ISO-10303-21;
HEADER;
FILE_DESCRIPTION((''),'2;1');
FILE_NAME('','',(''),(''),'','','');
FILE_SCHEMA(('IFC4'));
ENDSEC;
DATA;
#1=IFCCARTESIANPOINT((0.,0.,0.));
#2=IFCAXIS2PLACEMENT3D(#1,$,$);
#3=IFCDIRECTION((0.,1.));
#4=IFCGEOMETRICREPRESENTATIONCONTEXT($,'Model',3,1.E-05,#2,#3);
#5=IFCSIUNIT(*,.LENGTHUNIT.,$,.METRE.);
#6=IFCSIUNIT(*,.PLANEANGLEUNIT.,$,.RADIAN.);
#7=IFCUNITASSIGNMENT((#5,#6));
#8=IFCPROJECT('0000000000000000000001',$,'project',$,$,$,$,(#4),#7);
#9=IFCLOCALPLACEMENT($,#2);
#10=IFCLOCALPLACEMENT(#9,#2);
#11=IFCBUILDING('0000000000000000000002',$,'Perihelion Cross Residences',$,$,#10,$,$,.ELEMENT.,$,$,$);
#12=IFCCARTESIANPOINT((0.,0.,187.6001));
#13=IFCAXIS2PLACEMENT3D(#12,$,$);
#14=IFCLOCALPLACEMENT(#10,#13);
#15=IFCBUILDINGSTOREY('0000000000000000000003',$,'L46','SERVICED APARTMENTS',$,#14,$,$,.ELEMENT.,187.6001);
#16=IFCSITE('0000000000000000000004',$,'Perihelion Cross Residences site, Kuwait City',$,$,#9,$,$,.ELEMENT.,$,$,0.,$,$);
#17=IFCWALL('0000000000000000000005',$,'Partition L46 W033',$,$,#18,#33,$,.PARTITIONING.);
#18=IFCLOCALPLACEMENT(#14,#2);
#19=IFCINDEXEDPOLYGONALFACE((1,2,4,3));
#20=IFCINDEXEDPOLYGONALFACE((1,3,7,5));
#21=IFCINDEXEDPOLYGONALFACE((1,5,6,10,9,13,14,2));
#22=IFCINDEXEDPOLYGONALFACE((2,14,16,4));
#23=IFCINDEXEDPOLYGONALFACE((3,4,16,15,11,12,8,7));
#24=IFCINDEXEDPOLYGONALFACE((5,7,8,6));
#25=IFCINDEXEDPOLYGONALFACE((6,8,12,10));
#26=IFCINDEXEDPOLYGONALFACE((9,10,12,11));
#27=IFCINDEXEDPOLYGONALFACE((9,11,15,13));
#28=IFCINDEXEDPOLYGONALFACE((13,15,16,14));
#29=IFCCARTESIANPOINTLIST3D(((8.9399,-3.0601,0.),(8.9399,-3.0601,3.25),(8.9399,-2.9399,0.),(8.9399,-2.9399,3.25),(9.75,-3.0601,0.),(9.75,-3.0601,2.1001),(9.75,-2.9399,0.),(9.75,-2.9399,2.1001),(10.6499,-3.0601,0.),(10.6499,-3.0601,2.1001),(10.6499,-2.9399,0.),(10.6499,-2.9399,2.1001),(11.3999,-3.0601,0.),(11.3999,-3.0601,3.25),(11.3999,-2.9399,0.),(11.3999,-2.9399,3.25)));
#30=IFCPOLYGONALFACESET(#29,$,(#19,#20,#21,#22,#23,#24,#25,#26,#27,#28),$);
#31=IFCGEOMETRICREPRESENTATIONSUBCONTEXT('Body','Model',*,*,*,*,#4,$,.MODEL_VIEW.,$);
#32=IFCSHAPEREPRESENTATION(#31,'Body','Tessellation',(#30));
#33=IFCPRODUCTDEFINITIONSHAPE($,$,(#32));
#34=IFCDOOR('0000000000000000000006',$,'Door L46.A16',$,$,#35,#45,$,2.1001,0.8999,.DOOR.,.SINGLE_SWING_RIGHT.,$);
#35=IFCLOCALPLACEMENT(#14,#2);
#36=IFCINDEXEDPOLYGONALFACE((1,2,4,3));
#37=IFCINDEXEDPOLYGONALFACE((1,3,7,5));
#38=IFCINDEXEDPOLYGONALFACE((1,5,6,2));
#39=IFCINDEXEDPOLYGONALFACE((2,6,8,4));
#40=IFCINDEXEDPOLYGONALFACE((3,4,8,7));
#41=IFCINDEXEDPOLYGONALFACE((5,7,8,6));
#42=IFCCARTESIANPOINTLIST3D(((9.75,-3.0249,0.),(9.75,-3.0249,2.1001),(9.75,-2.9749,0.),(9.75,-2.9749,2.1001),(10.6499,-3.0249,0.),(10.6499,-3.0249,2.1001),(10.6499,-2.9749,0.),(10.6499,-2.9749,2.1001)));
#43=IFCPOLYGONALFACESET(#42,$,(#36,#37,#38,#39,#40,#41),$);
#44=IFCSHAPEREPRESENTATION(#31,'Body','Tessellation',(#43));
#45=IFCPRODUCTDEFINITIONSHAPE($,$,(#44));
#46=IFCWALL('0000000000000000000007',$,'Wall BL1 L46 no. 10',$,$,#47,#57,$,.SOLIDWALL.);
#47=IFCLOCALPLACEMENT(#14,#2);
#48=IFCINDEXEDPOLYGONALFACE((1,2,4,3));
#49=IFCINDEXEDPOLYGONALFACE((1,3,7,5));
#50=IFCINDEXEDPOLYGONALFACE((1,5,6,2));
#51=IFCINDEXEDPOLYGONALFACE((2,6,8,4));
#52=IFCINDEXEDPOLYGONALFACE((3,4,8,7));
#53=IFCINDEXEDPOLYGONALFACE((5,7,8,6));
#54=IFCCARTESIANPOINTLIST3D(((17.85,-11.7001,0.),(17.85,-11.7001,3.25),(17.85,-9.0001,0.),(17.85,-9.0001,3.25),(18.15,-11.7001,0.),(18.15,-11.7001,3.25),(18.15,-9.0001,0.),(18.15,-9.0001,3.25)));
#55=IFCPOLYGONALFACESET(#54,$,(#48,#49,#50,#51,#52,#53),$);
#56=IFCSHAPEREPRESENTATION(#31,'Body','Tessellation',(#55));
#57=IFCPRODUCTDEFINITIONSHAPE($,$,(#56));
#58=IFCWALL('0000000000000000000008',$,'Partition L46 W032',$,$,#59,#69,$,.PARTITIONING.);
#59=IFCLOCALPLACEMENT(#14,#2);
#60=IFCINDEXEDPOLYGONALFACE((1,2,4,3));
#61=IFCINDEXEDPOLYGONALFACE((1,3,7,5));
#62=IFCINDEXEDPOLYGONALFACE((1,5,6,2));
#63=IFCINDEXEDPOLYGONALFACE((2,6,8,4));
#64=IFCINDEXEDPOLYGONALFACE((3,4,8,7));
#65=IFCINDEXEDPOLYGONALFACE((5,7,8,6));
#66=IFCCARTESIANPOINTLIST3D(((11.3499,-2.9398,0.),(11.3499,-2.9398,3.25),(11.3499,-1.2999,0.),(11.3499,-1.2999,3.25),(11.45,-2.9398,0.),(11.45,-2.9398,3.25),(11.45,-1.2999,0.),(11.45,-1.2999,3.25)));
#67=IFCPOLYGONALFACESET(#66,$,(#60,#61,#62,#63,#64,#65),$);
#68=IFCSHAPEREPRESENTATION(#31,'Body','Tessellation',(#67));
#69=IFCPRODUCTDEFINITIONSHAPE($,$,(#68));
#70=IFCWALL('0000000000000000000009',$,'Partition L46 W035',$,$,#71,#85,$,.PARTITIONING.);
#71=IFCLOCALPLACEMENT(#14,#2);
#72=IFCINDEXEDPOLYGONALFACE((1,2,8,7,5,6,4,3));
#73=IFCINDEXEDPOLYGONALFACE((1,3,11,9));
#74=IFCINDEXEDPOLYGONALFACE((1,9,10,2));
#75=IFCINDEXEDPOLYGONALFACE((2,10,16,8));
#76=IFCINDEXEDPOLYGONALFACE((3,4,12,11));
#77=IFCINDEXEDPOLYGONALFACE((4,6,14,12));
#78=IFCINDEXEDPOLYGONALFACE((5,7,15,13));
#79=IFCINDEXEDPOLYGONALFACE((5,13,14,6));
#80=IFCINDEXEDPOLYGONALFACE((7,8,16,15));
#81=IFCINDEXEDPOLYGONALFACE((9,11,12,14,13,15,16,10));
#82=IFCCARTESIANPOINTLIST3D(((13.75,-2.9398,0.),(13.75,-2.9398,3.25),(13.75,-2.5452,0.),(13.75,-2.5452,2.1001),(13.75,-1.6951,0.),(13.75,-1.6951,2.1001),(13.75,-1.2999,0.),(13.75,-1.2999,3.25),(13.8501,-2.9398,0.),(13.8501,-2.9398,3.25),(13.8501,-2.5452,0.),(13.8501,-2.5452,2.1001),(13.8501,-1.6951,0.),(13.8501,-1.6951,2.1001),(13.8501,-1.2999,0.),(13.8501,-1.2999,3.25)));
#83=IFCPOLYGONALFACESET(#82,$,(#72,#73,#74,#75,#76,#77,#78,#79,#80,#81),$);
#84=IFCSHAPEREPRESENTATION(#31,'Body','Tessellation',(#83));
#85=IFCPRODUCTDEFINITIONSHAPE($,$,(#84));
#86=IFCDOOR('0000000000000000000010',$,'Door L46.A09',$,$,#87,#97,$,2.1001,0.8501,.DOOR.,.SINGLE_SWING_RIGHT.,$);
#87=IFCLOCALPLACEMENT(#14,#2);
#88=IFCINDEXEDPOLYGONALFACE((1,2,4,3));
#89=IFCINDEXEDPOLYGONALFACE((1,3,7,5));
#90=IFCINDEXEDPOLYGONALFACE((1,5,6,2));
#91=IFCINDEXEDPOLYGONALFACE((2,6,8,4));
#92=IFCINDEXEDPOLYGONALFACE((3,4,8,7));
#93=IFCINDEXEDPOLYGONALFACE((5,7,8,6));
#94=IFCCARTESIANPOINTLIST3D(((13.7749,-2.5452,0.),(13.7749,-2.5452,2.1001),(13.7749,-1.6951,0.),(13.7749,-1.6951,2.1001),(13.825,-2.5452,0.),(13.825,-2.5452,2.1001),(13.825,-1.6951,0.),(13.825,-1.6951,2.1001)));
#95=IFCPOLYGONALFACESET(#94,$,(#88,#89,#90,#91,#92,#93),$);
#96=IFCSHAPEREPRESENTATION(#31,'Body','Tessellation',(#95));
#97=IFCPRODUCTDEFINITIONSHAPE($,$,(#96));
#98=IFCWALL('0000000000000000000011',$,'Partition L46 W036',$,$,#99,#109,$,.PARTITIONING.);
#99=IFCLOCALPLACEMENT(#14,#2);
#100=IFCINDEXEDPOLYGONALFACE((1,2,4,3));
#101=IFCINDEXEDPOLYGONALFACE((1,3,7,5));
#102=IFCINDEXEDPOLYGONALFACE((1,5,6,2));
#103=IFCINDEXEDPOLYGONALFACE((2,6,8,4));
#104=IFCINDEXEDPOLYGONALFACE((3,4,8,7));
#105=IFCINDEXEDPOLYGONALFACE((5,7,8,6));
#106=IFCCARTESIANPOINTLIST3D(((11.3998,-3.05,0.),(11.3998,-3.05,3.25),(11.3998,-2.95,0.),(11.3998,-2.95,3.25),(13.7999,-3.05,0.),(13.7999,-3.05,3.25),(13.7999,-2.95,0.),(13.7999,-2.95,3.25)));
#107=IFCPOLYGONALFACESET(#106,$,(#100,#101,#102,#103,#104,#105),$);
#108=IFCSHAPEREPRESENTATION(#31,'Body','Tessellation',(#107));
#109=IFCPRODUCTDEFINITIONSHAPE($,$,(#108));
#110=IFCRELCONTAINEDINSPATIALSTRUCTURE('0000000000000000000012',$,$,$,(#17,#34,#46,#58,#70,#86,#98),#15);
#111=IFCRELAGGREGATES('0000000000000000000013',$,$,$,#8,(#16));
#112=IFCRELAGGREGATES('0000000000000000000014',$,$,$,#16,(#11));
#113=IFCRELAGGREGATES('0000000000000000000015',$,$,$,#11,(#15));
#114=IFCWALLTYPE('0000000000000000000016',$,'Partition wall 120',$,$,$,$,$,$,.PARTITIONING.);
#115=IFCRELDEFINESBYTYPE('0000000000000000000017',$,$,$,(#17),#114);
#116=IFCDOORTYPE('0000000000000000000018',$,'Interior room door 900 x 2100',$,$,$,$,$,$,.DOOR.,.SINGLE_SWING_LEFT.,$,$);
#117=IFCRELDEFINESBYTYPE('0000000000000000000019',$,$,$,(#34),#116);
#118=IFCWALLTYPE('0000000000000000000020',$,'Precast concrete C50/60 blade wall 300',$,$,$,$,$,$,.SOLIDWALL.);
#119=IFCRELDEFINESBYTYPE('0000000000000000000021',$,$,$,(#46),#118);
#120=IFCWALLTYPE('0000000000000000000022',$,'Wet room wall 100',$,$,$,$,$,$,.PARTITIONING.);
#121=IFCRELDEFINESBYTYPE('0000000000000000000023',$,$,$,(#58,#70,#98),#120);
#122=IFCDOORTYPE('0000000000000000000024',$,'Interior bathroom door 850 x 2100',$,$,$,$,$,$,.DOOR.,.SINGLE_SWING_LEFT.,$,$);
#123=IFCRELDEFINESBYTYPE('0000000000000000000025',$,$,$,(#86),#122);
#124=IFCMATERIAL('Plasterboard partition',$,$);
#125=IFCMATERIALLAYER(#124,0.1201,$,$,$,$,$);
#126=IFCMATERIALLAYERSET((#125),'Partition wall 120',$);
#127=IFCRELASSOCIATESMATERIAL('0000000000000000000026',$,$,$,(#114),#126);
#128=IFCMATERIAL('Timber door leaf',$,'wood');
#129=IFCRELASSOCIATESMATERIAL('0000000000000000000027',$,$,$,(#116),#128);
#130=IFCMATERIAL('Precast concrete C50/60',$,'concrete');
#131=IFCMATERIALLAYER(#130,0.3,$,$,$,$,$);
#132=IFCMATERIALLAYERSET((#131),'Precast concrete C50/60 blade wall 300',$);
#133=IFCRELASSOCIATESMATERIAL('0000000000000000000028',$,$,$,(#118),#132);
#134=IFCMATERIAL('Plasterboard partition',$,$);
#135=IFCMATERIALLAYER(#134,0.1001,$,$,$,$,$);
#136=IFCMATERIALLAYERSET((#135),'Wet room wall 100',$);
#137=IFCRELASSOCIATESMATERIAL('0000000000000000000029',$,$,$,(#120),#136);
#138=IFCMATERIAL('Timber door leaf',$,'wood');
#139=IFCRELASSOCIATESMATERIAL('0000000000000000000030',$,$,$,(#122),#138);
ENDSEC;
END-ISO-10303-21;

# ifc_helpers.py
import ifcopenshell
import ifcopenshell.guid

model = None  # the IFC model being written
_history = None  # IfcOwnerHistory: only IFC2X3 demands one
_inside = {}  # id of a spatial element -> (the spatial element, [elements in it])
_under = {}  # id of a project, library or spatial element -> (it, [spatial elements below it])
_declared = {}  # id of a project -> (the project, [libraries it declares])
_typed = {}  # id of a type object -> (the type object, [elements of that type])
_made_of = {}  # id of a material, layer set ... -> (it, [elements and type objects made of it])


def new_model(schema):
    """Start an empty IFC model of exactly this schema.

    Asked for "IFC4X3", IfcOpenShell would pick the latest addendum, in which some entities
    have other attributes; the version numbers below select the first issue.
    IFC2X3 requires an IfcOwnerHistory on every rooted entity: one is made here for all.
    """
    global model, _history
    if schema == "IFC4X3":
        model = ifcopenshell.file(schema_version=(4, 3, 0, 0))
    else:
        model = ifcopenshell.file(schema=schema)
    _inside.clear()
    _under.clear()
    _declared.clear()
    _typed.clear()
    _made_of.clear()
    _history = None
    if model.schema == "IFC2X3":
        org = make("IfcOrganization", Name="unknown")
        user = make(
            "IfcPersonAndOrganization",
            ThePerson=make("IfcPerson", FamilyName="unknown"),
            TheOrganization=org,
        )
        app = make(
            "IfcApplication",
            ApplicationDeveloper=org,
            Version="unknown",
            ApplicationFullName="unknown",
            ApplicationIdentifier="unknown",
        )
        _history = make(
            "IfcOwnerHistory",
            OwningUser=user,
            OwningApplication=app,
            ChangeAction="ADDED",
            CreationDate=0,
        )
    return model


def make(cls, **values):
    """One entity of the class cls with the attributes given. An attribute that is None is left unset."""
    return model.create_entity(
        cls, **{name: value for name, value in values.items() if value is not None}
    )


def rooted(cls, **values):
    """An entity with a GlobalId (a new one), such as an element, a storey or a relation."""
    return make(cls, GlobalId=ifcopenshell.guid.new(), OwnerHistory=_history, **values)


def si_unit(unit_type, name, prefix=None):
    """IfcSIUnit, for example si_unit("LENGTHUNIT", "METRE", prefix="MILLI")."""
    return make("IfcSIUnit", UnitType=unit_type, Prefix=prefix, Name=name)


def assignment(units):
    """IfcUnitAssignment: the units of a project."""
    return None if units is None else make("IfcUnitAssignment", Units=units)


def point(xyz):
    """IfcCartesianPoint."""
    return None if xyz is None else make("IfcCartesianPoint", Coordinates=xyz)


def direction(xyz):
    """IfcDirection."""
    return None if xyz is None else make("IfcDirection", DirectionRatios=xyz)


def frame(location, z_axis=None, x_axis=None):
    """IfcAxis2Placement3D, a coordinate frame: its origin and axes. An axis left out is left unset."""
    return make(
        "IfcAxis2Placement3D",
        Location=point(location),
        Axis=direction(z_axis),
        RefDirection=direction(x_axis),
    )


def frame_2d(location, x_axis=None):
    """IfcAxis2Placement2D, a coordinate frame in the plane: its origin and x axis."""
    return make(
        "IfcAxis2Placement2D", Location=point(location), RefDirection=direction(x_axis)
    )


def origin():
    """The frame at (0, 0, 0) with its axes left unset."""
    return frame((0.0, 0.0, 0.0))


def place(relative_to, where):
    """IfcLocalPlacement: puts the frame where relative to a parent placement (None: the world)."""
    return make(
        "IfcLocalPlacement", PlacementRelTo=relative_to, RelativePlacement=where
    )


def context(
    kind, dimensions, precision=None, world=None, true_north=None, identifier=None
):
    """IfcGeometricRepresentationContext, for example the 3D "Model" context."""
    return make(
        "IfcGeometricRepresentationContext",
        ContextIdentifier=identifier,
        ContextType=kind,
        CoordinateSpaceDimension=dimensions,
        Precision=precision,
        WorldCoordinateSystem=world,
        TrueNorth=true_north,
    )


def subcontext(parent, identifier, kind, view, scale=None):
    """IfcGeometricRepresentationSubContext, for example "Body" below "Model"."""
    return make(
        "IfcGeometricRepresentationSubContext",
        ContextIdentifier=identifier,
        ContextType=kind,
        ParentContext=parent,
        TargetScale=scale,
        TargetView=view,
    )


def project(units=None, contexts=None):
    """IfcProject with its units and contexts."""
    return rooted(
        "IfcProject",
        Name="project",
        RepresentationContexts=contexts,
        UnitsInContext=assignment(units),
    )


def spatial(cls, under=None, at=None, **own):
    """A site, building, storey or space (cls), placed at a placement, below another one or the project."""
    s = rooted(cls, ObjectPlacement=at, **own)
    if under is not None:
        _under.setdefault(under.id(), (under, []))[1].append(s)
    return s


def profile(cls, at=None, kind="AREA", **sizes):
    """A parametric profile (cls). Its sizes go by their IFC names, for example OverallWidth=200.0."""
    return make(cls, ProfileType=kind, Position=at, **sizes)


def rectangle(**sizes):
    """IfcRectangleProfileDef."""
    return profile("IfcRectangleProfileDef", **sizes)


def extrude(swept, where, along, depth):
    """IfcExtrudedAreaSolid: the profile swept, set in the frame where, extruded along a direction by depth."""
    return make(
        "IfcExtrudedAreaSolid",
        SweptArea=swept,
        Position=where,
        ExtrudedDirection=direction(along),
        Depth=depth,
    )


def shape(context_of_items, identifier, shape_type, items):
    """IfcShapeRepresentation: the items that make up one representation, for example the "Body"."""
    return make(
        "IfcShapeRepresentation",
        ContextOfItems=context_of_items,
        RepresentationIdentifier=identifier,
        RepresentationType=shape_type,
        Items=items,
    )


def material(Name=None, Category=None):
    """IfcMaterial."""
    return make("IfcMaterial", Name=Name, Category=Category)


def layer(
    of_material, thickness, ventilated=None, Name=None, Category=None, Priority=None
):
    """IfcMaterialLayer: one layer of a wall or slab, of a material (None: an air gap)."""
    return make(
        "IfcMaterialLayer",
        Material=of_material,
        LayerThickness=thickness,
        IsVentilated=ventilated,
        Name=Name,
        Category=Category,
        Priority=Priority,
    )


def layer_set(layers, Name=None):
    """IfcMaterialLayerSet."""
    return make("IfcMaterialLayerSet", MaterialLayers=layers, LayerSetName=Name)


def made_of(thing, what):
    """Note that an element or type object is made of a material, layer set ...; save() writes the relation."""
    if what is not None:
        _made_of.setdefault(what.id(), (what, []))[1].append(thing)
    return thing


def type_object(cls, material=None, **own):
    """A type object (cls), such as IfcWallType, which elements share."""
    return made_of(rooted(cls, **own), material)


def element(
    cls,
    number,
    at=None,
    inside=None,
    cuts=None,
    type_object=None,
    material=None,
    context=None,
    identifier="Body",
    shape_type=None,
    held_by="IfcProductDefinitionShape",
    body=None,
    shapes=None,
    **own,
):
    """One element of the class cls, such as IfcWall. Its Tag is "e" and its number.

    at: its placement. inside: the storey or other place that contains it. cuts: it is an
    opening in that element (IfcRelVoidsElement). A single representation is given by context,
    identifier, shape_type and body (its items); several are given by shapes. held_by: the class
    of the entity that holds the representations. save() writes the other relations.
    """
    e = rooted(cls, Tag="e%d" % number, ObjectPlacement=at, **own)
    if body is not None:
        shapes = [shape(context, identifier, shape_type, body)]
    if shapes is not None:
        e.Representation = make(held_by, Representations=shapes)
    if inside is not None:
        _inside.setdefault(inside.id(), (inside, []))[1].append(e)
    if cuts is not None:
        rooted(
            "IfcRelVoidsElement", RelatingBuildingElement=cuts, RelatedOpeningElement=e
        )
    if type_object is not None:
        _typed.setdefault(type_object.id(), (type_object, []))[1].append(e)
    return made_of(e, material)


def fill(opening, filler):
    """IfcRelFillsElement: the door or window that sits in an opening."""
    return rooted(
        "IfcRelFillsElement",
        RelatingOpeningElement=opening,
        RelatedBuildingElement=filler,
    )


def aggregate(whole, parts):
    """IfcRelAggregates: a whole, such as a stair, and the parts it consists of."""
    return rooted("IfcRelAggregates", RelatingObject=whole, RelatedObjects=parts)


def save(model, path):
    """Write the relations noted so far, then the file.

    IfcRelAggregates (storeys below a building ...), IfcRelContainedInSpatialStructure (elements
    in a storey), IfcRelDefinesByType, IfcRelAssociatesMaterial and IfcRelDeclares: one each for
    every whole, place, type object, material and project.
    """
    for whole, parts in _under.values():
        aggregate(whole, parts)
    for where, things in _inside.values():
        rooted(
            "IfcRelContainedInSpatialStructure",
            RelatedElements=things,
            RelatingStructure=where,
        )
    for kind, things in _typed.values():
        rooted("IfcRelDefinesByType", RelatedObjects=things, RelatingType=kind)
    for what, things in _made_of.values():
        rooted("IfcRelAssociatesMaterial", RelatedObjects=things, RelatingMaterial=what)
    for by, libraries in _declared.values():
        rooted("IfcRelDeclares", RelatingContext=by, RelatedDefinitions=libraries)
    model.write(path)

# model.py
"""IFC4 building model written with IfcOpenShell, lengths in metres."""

from ifc_helpers import new_model, si_unit, direction, frame, frame_2d, origin, place, context, subcontext, project, spatial, rectangle, extrude, material, layer, layer_set, type_object, element, fill, save


model = new_model("IFC4")

# Units and contexts
model_context = context("Model", 3, precision=1e-05, world=origin(), true_north=direction((0.0, 1.0)))
body_context = subcontext(model_context, "Body", "Model", "MODEL_VIEW")
ifc_project = project(units=[si_unit("LENGTHUNIT", "METRE"), si_unit("PLANEANGLEUNIT", "RADIAN")], contexts=[model_context])

# Site, building, storey
site_placement = place(None, origin())
site = spatial("IfcSite", under=ifc_project, at=site_placement, Name="Perihelion Cross Residences site, Kuwait City", CompositionType="ELEMENT", RefElevation=0.0)
building_placement = place(site_placement, origin())
building = spatial("IfcBuilding", under=site, at=building_placement, Name="Perihelion Cross Residences", CompositionType="ELEMENT")
storey_placement = place(building_placement, frame((0.0, 0.0, 187.6001)))
storey = spatial("IfcBuildingStorey", under=building, at=storey_placement, Name="L46", Description="SERVICED APARTMENTS", CompositionType="ELEMENT", Elevation=187.6001)

# Wall, opening, door
ifc_material_1 = material(Name="Plasterboard partition")
ifc_layer_1 = layer(ifc_material_1, 0.1201)
ifc_layer_set_1 = layer_set([ifc_layer_1], Name="Partition wall 120")
wall_type_1 = type_object("IfcWallType", Name="Partition wall 120", PredefinedType="PARTITIONING", material=ifc_layer_set_1)
wall_1_placement = place(storey_placement, frame((11.3999, -3.0, 0.0), z_axis=(0.0, 0.0, 1.0), x_axis=(-1.0, 0.0, 0.0)))
wall_1 = element("IfcWall", 1, at=wall_1_placement, inside=storey, type_object=wall_type_1, Name="Partition L46 W033", PredefinedType="PARTITIONING", context=body_context, shape_type="SweptSolid", body=[
    extrude(rectangle(XDim=2.46, YDim=0.1201, at=frame_2d((1.23, 0.0))), origin(), (0.0, 0.0, 1.0), 3.25),
])
opening_1_placement = place(wall_1_placement, frame((0.75, 0.0, 0.0)))
opening_1 = element("IfcOpeningElement", 2, at=opening_1_placement, cuts=wall_1, PredefinedType="OPENING", context=body_context, shape_type="SweptSolid", body=[
    extrude(rectangle(XDim=0.8999, YDim=2.1001, at=frame_2d((0.45, 1.05))), frame((0.0, 0.0701, 0.0), z_axis=(0.0, -1.0, 0.0), x_axis=(1.0, 0.0, 0.0)), (0.0, 0.0, 1.0), 0.1401),
])
ifc_material_2 = material(Name="Timber door leaf", Category="wood")
door_type_1 = type_object("IfcDoorType", Name="Interior room door 900 x 2100", OperationType="SINGLE_SWING_LEFT", PredefinedType="DOOR", material=ifc_material_2)
door_1_placement = place(opening_1_placement, origin())
door_1 = element("IfcDoor", 3, at=door_1_placement, inside=storey, type_object=door_type_1, Name="Door L46.A16", OperationType="SINGLE_SWING_RIGHT", OverallHeight=2.1001, OverallWidth=0.8999, PredefinedType="DOOR", context=body_context, shape_type="SweptSolid", body=[
    extrude(rectangle(XDim=0.8999, YDim=2.1001, at=frame_2d((0.45, 1.05))), frame((0.0, 0.0249, 0.0), z_axis=(0.0, -1.0, 0.0), x_axis=(1.0, 0.0, 0.0)), (0.0, 0.0, 1.0), 0.05),
])
fill(opening_1, door_1)

# Walls
ifc_material_3 = material(Name="Precast concrete C50/60", Category="concrete")
ifc_layer_2 = layer(ifc_material_3, 0.3)
ifc_layer_set_2 = layer_set([ifc_layer_2], Name="Precast concrete C50/60 blade wall 300")
wall_type_2 = type_object("IfcWallType", Name="Precast concrete C50/60 blade wall 300", PredefinedType="SOLIDWALL", material=ifc_layer_set_2)
wall_2_placement = place(storey_placement, frame((18.0, -9.0, 0.0), z_axis=(0.0, 0.0, 1.0), x_axis=(0.0, -1.0, 0.0)))
element("IfcWall", 4, at=wall_2_placement, inside=storey, type_object=wall_type_2, Name="Wall BL1 L46 no. 10", PredefinedType="SOLIDWALL", context=body_context, shape_type="SweptSolid", body=[
    extrude(rectangle(XDim=2.7, YDim=0.3, at=frame_2d((1.3501, 0.0))), origin(), (0.0, 0.0, 1.0), 3.25),
])
ifc_material_4 = material(Name="Plasterboard partition")
ifc_layer_3 = layer(ifc_material_4, 0.1001)
ifc_layer_set_3 = layer_set([ifc_layer_3], Name="Wet room wall 100")
wall_type_3 = type_object("IfcWallType", Name="Wet room wall 100", PredefinedType="PARTITIONING", material=ifc_layer_set_3)
wall_3_placement = place(storey_placement, frame((11.3999, -1.3, 0.0), z_axis=(0.0, 0.0, 1.0), x_axis=(0.0, -1.0, 0.0)))
element("IfcWall", 5, at=wall_3_placement, inside=storey, type_object=wall_type_3, Name="Partition L46 W032", PredefinedType="PARTITIONING", context=body_context, shape_type="SweptSolid", body=[
    extrude(rectangle(XDim=1.6399, YDim=0.1001, at=frame_2d((0.8198, 0.0))), origin(), (0.0, 0.0, 1.0), 3.25),
])

# Wall, opening, door
wall_4_placement = place(storey_placement, frame((13.8, -1.3, 0.0), z_axis=(0.0, 0.0, 1.0), x_axis=(0.0, -1.0, 0.0)))
wall_4 = element("IfcWall", 6, at=wall_4_placement, inside=storey, type_object=wall_type_3, Name="Partition L46 W035", PredefinedType="PARTITIONING", context=body_context, shape_type="SweptSolid", body=[
    extrude(rectangle(XDim=1.6399, YDim=0.1001, at=frame_2d((0.8198, 0.0))), origin(), (0.0, 0.0, 1.0), 3.25),
])
opening_2_placement = place(wall_4_placement, frame((0.395, 0.0, 0.0)))
opening_2 = element("IfcOpeningElement", 7, at=opening_2_placement, cuts=wall_4, PredefinedType="OPENING", context=body_context, shape_type="SweptSolid", body=[
    extrude(rectangle(XDim=0.8501, YDim=2.1001, at=frame_2d((0.425, 1.05))), frame((0.0, 0.0601, 0.0), z_axis=(0.0, -1.0, 0.0), x_axis=(1.0, 0.0, 0.0)), (0.0, 0.0, 1.0), 0.1201),
])
ifc_material_5 = material(Name="Timber door leaf", Category="wood")
door_type_2 = type_object("IfcDoorType", Name="Interior bathroom door 850 x 2100", OperationType="SINGLE_SWING_LEFT", PredefinedType="DOOR", material=ifc_material_5)
door_2_placement = place(opening_2_placement, origin())
door_2 = element("IfcDoor", 8, at=door_2_placement, inside=storey, type_object=door_type_2, Name="Door L46.A09", OperationType="SINGLE_SWING_RIGHT", OverallHeight=2.1001, OverallWidth=0.8501, PredefinedType="DOOR", context=body_context, shape_type="SweptSolid", body=[
    extrude(rectangle(XDim=0.8501, YDim=2.1001, at=frame_2d((0.425, 1.05))), frame((0.0, 0.0249, 0.0), z_axis=(0.0, -1.0, 0.0), x_axis=(1.0, 0.0, 0.0)), (0.0, 0.0, 1.0), 0.05),
])
fill(opening_2, door_2)

# Wall
wall_5_placement = place(storey_placement, frame((13.8, -3.0, 0.0), z_axis=(0.0, 0.0, 1.0), x_axis=(-1.0, 0.0, 0.0)))
element("IfcWall", 9, at=wall_5_placement, inside=storey, type_object=wall_type_3, Name="Partition L46 W036", PredefinedType="PARTITIONING", context=body_context, shape_type="SweptSolid", body=[
    extrude(rectangle(XDim=2.4001, YDim=0.1001, at=frame_2d((1.2002, 0.0))), origin(), (0.0, 0.0, 1.0), 3.25),
])

save(model, "model.ifc")
